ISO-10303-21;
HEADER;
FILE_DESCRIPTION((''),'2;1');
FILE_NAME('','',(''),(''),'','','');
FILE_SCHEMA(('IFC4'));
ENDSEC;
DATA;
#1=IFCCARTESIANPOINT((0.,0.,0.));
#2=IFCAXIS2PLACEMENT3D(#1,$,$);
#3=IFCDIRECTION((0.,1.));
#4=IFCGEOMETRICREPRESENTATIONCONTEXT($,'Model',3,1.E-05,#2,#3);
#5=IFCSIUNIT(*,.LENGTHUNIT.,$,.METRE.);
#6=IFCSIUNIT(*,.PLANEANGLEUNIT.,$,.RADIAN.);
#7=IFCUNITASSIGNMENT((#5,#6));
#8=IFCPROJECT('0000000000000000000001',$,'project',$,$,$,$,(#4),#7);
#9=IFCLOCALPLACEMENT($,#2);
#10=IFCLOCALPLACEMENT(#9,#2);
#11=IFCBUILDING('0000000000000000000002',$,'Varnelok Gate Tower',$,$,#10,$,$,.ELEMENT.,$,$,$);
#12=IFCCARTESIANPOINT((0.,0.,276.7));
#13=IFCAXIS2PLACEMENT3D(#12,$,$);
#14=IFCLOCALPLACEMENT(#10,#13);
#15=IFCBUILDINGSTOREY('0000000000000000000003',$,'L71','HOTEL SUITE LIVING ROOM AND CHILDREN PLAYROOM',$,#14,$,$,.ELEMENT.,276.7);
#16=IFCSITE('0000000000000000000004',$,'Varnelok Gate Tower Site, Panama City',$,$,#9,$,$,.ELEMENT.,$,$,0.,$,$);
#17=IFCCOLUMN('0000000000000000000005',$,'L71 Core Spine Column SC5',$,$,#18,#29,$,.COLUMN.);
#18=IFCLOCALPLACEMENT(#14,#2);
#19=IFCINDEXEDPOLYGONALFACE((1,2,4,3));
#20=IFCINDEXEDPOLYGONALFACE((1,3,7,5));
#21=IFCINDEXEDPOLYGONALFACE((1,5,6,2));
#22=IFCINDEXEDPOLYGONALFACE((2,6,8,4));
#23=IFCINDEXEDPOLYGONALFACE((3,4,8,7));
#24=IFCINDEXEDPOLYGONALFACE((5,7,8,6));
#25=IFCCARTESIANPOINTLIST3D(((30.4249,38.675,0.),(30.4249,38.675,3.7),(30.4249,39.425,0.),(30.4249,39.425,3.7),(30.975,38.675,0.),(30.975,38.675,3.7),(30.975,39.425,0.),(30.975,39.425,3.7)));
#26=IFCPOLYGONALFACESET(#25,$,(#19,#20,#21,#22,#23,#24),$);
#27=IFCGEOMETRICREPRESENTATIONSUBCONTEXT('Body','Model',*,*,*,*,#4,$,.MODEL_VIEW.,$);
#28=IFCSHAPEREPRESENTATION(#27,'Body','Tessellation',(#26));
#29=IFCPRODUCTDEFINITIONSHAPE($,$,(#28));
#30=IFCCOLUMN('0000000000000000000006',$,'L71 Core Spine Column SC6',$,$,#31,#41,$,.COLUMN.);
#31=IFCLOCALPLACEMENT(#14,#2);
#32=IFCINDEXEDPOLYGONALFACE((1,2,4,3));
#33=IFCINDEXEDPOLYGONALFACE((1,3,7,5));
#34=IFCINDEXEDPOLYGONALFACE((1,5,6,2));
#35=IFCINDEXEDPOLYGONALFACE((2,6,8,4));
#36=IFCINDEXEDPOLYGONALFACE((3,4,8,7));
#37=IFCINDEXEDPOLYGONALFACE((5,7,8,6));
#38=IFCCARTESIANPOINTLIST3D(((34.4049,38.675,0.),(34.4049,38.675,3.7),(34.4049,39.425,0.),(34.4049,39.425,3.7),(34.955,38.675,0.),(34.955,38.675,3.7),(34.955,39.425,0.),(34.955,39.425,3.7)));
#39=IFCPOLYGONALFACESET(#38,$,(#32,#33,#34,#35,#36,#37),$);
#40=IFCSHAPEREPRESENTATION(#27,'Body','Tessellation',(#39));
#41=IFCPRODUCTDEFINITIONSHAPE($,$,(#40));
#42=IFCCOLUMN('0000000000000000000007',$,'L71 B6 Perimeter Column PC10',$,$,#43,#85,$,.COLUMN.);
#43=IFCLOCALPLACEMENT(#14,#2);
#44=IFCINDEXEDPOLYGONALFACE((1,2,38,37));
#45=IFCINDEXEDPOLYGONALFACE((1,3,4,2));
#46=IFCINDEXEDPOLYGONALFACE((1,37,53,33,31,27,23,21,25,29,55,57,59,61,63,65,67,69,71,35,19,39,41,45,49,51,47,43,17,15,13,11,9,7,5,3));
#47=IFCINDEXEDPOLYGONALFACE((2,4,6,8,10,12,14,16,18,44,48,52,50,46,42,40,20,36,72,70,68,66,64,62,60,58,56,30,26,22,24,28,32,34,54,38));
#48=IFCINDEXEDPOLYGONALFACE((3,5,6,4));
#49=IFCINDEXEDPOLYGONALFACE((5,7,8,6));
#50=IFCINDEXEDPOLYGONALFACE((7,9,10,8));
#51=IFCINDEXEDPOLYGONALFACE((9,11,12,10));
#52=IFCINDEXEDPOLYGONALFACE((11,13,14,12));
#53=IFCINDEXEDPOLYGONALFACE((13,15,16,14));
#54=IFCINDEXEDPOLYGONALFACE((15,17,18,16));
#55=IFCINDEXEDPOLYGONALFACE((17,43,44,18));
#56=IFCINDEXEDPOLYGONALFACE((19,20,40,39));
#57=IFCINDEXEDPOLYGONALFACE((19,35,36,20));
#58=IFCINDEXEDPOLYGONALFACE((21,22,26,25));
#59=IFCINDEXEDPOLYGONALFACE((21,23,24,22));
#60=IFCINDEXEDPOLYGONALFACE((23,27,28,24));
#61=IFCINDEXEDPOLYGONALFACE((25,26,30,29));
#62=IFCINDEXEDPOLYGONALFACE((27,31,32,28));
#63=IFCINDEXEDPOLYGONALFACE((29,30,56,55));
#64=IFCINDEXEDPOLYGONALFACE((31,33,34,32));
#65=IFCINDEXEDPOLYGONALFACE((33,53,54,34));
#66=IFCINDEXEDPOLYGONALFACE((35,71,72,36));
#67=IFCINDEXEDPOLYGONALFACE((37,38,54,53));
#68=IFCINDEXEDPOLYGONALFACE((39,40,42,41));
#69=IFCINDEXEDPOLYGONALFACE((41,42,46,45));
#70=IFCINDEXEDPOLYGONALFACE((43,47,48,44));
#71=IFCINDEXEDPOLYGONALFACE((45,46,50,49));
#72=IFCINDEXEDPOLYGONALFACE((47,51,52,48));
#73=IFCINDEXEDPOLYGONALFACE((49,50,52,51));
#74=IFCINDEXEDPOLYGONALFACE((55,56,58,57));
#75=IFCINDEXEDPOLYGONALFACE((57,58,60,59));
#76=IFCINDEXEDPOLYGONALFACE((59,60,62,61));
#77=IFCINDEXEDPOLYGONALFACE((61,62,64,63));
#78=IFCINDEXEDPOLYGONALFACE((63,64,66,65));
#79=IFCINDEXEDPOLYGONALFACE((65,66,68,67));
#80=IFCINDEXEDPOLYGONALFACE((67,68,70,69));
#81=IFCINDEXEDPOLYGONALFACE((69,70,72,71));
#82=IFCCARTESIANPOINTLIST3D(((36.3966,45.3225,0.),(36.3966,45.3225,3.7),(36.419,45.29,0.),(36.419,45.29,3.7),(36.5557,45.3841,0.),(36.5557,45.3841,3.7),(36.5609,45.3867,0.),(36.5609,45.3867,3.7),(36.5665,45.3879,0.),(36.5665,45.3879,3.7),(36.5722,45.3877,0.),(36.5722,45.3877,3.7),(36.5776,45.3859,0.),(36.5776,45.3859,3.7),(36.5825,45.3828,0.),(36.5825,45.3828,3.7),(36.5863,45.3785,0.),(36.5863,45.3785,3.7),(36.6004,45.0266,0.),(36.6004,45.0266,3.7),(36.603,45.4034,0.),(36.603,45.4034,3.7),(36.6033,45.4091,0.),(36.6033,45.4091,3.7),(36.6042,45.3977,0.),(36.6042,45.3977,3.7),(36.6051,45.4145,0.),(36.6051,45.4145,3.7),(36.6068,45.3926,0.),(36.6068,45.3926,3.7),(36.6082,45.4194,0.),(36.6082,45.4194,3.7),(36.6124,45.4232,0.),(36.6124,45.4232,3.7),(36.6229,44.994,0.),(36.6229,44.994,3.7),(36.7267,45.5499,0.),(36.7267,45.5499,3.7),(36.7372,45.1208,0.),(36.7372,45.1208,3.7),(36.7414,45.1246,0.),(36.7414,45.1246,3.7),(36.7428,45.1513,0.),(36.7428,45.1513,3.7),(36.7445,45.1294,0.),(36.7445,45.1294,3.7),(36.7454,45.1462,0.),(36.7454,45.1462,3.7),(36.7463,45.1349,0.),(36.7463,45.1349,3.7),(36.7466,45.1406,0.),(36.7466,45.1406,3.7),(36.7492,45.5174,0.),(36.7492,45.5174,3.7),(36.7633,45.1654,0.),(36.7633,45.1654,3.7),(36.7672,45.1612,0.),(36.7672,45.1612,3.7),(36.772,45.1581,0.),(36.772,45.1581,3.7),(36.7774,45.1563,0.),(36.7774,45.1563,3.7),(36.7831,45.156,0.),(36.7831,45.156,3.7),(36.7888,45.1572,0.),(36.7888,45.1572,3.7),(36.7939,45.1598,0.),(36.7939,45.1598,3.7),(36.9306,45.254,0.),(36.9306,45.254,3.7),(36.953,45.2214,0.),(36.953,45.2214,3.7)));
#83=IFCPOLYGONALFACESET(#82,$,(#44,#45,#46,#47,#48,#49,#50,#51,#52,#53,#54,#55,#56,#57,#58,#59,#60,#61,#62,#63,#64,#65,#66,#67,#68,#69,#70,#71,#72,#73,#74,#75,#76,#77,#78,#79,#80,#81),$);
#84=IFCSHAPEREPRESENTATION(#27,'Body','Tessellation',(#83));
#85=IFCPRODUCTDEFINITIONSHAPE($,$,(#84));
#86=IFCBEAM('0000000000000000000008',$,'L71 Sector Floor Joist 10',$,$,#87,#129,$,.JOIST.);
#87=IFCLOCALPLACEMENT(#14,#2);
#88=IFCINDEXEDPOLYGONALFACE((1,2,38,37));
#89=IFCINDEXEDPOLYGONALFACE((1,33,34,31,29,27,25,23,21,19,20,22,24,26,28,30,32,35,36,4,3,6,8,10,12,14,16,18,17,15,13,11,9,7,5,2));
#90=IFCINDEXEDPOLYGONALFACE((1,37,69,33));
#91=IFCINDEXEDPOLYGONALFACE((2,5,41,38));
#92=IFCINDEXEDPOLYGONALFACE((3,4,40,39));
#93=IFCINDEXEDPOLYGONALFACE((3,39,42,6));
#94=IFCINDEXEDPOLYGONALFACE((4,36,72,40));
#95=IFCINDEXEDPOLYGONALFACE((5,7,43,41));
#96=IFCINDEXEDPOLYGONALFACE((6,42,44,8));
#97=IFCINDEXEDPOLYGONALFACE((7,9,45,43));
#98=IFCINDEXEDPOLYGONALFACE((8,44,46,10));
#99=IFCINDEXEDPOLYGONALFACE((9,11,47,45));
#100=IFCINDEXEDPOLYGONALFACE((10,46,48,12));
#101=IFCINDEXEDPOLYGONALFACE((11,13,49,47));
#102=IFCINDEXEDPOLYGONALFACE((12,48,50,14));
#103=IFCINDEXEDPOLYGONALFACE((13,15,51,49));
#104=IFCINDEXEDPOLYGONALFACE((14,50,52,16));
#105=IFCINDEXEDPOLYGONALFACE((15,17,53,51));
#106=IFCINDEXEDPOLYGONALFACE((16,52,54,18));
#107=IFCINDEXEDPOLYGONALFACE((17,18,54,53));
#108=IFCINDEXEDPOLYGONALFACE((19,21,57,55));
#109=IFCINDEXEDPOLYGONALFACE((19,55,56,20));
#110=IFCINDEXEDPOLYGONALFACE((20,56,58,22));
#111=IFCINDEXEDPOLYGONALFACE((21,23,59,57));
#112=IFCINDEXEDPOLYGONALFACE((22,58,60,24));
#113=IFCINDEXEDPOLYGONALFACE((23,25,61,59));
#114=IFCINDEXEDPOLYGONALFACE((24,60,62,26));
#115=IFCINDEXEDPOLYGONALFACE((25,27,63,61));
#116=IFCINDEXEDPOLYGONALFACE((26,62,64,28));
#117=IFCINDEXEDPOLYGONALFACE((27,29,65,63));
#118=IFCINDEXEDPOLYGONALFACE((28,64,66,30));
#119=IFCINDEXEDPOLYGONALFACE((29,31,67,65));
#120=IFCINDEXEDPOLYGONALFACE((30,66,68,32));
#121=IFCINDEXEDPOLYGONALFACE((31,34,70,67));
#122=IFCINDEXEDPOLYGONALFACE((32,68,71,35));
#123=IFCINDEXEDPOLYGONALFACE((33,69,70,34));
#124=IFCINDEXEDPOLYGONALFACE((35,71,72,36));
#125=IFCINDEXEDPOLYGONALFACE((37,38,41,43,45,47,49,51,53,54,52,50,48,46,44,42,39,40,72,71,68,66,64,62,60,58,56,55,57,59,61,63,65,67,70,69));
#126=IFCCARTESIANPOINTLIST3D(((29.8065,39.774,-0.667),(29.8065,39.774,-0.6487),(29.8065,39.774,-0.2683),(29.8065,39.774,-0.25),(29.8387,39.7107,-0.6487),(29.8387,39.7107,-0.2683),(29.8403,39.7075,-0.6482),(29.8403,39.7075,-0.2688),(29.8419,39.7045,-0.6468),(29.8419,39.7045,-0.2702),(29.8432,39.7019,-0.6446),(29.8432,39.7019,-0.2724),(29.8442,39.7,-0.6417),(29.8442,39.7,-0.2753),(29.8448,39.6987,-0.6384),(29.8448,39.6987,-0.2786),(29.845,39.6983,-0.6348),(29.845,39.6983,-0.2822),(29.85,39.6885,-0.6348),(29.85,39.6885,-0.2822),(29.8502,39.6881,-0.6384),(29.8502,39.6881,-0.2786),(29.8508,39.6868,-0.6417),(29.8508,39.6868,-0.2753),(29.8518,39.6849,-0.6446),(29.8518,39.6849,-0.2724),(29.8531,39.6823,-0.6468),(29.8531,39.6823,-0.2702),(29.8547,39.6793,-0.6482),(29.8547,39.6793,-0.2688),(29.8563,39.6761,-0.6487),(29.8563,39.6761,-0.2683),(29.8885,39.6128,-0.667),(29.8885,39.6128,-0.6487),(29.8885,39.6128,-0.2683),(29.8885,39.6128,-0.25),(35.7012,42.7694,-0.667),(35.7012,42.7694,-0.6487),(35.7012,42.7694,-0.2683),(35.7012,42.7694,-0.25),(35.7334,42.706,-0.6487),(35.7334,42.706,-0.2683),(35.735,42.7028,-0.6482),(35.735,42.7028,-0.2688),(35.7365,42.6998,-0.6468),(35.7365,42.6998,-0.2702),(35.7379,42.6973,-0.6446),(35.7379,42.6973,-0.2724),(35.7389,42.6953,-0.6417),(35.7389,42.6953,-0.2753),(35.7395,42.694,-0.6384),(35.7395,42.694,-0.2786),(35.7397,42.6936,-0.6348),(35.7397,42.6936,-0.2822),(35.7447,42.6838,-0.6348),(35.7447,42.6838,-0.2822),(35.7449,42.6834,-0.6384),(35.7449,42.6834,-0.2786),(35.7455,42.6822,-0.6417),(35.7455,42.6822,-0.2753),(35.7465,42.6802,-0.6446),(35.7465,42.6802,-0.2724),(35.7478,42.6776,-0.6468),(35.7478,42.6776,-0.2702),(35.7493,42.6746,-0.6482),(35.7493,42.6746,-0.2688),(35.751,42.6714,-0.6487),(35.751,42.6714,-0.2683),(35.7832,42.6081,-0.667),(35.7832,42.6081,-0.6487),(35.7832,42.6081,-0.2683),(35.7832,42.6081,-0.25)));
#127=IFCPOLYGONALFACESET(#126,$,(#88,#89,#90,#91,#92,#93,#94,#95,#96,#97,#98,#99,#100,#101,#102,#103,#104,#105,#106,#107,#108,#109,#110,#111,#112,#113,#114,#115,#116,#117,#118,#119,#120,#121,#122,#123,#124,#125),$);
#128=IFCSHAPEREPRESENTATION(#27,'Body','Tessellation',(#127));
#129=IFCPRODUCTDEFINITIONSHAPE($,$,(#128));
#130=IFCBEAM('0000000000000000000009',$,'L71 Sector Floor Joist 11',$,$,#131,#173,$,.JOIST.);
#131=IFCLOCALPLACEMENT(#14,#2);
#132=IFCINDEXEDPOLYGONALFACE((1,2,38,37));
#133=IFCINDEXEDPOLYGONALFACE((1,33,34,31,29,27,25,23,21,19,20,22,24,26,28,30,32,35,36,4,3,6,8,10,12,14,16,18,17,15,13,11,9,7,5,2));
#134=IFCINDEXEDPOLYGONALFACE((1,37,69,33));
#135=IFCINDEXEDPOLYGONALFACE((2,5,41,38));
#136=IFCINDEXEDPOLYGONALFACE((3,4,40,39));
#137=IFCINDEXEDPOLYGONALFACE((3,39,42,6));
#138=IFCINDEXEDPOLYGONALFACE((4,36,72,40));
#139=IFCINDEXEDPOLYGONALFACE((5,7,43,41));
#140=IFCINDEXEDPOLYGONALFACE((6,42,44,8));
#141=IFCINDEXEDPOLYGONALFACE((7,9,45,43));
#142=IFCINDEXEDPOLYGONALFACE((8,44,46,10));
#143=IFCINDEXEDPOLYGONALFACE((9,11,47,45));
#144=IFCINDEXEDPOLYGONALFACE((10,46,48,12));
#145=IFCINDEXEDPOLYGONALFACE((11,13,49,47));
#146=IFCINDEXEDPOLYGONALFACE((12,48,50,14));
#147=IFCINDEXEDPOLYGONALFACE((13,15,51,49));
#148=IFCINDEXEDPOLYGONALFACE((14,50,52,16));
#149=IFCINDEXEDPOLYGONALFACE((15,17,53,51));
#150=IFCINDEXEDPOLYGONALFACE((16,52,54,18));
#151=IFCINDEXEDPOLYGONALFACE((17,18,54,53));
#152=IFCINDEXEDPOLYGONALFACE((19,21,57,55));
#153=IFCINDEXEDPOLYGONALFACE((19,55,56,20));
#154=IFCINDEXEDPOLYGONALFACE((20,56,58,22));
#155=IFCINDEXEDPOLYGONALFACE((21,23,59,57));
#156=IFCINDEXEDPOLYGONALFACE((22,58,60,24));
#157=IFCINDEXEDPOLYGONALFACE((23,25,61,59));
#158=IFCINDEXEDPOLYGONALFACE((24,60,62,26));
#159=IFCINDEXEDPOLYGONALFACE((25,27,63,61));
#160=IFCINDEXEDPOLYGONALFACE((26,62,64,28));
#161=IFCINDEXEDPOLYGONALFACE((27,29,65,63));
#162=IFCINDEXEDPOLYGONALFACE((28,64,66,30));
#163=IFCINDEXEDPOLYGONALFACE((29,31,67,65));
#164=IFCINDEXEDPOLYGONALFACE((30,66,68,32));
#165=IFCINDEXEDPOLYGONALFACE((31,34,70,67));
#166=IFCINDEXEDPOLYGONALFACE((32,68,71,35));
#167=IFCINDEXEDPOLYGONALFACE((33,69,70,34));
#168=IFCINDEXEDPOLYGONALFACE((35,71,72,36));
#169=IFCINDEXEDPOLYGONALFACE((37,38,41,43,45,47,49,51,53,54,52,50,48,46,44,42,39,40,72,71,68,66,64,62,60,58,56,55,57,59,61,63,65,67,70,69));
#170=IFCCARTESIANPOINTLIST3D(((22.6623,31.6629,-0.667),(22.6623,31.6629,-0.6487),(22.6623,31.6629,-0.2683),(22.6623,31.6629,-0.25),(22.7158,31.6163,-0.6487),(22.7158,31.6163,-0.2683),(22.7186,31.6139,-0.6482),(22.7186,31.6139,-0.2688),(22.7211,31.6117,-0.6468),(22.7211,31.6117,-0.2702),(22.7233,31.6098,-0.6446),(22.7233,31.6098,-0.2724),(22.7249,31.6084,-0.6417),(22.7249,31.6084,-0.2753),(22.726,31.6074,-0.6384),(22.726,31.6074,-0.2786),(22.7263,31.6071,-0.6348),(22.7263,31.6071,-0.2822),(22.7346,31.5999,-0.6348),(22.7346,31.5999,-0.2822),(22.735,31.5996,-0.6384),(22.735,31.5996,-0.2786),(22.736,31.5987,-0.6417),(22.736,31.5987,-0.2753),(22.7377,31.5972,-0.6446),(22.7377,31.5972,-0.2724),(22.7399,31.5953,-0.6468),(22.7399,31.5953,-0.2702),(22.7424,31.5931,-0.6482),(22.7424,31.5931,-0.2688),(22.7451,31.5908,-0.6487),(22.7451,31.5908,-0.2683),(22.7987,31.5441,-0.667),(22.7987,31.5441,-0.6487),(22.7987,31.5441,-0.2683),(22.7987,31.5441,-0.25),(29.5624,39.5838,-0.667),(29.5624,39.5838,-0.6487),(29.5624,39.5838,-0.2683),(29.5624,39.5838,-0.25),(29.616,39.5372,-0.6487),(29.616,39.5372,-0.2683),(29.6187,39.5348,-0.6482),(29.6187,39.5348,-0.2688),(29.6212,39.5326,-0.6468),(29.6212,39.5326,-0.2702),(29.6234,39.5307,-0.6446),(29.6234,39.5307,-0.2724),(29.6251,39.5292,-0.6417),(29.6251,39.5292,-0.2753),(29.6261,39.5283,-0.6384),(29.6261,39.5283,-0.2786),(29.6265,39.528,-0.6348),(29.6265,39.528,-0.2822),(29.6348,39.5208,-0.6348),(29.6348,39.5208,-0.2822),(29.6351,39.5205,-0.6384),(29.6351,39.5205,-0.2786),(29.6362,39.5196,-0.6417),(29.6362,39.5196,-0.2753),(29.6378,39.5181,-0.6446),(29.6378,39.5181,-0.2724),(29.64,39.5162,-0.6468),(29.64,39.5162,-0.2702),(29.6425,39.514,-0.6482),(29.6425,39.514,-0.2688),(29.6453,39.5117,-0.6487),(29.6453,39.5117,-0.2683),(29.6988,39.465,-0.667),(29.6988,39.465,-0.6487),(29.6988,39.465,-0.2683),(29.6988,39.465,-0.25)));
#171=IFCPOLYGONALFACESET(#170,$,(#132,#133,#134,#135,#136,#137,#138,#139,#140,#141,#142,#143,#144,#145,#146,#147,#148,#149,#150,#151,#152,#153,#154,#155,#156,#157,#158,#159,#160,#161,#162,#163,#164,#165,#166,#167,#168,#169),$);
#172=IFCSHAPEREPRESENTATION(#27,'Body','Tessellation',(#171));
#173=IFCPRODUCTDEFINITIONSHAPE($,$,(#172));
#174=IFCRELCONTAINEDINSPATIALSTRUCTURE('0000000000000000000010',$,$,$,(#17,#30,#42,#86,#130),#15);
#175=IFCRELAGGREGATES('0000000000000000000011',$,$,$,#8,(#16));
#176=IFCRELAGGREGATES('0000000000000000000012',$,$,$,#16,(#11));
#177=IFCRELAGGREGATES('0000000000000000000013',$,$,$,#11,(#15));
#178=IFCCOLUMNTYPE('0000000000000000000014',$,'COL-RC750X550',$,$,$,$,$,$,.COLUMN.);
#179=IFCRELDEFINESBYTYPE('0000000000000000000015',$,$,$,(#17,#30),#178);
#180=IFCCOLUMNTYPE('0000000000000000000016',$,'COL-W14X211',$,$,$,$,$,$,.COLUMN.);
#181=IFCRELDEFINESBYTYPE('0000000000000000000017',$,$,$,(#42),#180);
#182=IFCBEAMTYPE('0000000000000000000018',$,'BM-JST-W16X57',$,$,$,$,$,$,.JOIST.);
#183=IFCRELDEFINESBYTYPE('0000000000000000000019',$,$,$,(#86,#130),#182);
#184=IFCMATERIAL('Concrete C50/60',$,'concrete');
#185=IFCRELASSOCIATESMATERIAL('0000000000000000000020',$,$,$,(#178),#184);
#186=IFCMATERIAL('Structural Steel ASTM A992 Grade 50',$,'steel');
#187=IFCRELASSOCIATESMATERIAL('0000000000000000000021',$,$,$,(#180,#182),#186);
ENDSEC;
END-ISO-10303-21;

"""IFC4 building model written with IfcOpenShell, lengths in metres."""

from ifc_helpers import new_model, si_unit, direction, frame, origin, origin_2d, place, context, subcontext, project, spatial, rectangle, i_section, extrude, material, material_profile, profile_set, type_object, element, save


model = new_model("IFC4")

# Units and contexts
model_context = context("Model", 3, precision=1e-05, world=origin(), true_north=direction((0.0, 1.0)))
body_context = subcontext(model_context, "Body", "Model", "MODEL_VIEW")
ifc_project = project(units=[si_unit("LENGTHUNIT", "METRE"), si_unit("PLANEANGLEUNIT", "RADIAN")], contexts=[model_context])

# Site, building, storey
site_placement = place(None, origin())
site = spatial("IfcSite", under=ifc_project, at=site_placement, Name="Varnelok Gate Tower Site, Panama City", CompositionType="ELEMENT", RefElevation=0.0)
building_placement = place(site_placement, origin())
building = spatial("IfcBuilding", under=site, at=building_placement, Name="Varnelok Gate Tower", CompositionType="ELEMENT")
storey_placement = place(building_placement, frame((0.0, 0.0, 276.7)))
storey = spatial("IfcBuildingStorey", under=building, at=storey_placement, Name="L71", Description="HOTEL SUITE LIVING ROOM AND CHILDREN PLAYROOM", CompositionType="ELEMENT", Elevation=276.7)

# Columns
ifc_material_1 = material(Name="Concrete C50/60", Category="concrete")
ifc_material_profile_1 = material_profile(ifc_material_1, rectangle(XDim=0.55, YDim=0.75, at=origin_2d()), Name="RC750X550")
ifc_profile_set_1 = profile_set([ifc_material_profile_1], Name="Concrete C50/60")
column_type_1 = type_object("IfcColumnType", Name="COL-RC750X550", PredefinedType="COLUMN", material=ifc_profile_set_1)
for number, where, z_axis, x_axis, name in (
    (1, (30.7, 39.05, 0.0), (0.0, 0.0, 1.0), (1.0, 0.0, 0.0), "L71 Core Spine Column SC5"),
    (2, (34.6799, 39.05, 0.0), (0.0, 0.0, 1.0), (1.0, 0.0, 0.0), "L71 Core Spine Column SC6"),
):
    element("IfcColumn", number, at=place(storey_placement, frame(where, z_axis=z_axis, x_axis=x_axis)), inside=storey, type_object=column_type_1, Name=name, PredefinedType="COLUMN", context=body_context, shape_type="SweptSolid", body=[
        extrude(rectangle(XDim=0.55, YDim=0.75, at=origin_2d()), origin(), (0.0, 0.0, 1.0), 3.7),
    ])
ifc_material_2 = material(Name="Structural Steel ASTM A992 Grade 50", Category="steel")
ifc_material_profile_2 = material_profile(ifc_material_2, i_section(OverallWidth=0.4009, OverallDepth=0.3989, WebThickness=0.0249, FlangeThickness=0.0396, FilletRadius=0.022, at=origin_2d()), Name="W14X211")
ifc_profile_set_2 = profile_set([ifc_material_profile_2], Name="Structural Steel ASTM A992 Grade 50")
column_type_2 = type_object("IfcColumnType", Name="COL-W14X211", PredefinedType="COLUMN", material=ifc_profile_set_2)
column_placement = place(storey_placement, frame((36.6748, 45.272, 0.0), z_axis=(0.0, 0.0, 1.0), x_axis=(0.823533, 0.567269, 0.0)))
element("IfcColumn", 3, at=column_placement, inside=storey, type_object=column_type_2, Name="L71 B6 Perimeter Column PC10", PredefinedType="COLUMN", context=body_context, shape_type="SweptSolid", body=[
    extrude(i_section(OverallWidth=0.4009, OverallDepth=0.3989, WebThickness=0.0249, FlangeThickness=0.0396, FilletRadius=0.022, at=origin_2d()), origin(), (0.0, 0.0, 1.0), 3.7),
])

# Beams
ifc_material_profile_3 = material_profile(ifc_material_2, i_section(OverallWidth=0.1809, OverallDepth=0.417, WebThickness=0.011, FlangeThickness=0.0183, FilletRadius=0.0139, at=origin_2d()), Name="W16X57")
ifc_profile_set_3 = profile_set([ifc_material_profile_3], Name="Structural Steel ASTM A992 Grade 50")
beam_type_1 = type_object("IfcBeamType", Name="BM-JST-W16X57", PredefinedType="JOIST", material=ifc_profile_set_3)
beam_1_placement = place(storey_placement, frame((35.7422, 42.6887, -0.4585), z_axis=(-0.891506, -0.453008, 0.0), x_axis=(0.453008, -0.891506, 0.0)))
element("IfcBeam", 4, at=beam_1_placement, inside=storey, type_object=beam_type_1, Name="L71 Sector Floor Joist 10", PredefinedType="JOIST", context=body_context, shape_type="SweptSolid", body=[
    extrude(i_section(OverallWidth=0.1809, OverallDepth=0.417, WebThickness=0.011, FlangeThickness=0.0183, FilletRadius=0.0139, at=origin_2d()), origin(), (0.0, 0.0, 1.0), 6.6121),
])
beam_2_placement = place(storey_placement, frame((29.6306, 39.5244, -0.4585), z_axis=(-0.656851, -0.75402, 0.0), x_axis=(0.75402, -0.656851, 0.0)))
element("IfcBeam", 5, at=beam_2_placement, inside=storey, type_object=beam_type_1, Name="L71 Sector Floor Joist 11", PredefinedType="JOIST", context=body_context, shape_type="SweptSolid", body=[
    extrude(i_section(OverallWidth=0.1809, OverallDepth=0.417, WebThickness=0.011, FlangeThickness=0.0183, FilletRadius=0.0139, at=origin_2d()), origin(), (0.0, 0.0, 1.0), 10.5049),
])

save(model, "model.ifc")
